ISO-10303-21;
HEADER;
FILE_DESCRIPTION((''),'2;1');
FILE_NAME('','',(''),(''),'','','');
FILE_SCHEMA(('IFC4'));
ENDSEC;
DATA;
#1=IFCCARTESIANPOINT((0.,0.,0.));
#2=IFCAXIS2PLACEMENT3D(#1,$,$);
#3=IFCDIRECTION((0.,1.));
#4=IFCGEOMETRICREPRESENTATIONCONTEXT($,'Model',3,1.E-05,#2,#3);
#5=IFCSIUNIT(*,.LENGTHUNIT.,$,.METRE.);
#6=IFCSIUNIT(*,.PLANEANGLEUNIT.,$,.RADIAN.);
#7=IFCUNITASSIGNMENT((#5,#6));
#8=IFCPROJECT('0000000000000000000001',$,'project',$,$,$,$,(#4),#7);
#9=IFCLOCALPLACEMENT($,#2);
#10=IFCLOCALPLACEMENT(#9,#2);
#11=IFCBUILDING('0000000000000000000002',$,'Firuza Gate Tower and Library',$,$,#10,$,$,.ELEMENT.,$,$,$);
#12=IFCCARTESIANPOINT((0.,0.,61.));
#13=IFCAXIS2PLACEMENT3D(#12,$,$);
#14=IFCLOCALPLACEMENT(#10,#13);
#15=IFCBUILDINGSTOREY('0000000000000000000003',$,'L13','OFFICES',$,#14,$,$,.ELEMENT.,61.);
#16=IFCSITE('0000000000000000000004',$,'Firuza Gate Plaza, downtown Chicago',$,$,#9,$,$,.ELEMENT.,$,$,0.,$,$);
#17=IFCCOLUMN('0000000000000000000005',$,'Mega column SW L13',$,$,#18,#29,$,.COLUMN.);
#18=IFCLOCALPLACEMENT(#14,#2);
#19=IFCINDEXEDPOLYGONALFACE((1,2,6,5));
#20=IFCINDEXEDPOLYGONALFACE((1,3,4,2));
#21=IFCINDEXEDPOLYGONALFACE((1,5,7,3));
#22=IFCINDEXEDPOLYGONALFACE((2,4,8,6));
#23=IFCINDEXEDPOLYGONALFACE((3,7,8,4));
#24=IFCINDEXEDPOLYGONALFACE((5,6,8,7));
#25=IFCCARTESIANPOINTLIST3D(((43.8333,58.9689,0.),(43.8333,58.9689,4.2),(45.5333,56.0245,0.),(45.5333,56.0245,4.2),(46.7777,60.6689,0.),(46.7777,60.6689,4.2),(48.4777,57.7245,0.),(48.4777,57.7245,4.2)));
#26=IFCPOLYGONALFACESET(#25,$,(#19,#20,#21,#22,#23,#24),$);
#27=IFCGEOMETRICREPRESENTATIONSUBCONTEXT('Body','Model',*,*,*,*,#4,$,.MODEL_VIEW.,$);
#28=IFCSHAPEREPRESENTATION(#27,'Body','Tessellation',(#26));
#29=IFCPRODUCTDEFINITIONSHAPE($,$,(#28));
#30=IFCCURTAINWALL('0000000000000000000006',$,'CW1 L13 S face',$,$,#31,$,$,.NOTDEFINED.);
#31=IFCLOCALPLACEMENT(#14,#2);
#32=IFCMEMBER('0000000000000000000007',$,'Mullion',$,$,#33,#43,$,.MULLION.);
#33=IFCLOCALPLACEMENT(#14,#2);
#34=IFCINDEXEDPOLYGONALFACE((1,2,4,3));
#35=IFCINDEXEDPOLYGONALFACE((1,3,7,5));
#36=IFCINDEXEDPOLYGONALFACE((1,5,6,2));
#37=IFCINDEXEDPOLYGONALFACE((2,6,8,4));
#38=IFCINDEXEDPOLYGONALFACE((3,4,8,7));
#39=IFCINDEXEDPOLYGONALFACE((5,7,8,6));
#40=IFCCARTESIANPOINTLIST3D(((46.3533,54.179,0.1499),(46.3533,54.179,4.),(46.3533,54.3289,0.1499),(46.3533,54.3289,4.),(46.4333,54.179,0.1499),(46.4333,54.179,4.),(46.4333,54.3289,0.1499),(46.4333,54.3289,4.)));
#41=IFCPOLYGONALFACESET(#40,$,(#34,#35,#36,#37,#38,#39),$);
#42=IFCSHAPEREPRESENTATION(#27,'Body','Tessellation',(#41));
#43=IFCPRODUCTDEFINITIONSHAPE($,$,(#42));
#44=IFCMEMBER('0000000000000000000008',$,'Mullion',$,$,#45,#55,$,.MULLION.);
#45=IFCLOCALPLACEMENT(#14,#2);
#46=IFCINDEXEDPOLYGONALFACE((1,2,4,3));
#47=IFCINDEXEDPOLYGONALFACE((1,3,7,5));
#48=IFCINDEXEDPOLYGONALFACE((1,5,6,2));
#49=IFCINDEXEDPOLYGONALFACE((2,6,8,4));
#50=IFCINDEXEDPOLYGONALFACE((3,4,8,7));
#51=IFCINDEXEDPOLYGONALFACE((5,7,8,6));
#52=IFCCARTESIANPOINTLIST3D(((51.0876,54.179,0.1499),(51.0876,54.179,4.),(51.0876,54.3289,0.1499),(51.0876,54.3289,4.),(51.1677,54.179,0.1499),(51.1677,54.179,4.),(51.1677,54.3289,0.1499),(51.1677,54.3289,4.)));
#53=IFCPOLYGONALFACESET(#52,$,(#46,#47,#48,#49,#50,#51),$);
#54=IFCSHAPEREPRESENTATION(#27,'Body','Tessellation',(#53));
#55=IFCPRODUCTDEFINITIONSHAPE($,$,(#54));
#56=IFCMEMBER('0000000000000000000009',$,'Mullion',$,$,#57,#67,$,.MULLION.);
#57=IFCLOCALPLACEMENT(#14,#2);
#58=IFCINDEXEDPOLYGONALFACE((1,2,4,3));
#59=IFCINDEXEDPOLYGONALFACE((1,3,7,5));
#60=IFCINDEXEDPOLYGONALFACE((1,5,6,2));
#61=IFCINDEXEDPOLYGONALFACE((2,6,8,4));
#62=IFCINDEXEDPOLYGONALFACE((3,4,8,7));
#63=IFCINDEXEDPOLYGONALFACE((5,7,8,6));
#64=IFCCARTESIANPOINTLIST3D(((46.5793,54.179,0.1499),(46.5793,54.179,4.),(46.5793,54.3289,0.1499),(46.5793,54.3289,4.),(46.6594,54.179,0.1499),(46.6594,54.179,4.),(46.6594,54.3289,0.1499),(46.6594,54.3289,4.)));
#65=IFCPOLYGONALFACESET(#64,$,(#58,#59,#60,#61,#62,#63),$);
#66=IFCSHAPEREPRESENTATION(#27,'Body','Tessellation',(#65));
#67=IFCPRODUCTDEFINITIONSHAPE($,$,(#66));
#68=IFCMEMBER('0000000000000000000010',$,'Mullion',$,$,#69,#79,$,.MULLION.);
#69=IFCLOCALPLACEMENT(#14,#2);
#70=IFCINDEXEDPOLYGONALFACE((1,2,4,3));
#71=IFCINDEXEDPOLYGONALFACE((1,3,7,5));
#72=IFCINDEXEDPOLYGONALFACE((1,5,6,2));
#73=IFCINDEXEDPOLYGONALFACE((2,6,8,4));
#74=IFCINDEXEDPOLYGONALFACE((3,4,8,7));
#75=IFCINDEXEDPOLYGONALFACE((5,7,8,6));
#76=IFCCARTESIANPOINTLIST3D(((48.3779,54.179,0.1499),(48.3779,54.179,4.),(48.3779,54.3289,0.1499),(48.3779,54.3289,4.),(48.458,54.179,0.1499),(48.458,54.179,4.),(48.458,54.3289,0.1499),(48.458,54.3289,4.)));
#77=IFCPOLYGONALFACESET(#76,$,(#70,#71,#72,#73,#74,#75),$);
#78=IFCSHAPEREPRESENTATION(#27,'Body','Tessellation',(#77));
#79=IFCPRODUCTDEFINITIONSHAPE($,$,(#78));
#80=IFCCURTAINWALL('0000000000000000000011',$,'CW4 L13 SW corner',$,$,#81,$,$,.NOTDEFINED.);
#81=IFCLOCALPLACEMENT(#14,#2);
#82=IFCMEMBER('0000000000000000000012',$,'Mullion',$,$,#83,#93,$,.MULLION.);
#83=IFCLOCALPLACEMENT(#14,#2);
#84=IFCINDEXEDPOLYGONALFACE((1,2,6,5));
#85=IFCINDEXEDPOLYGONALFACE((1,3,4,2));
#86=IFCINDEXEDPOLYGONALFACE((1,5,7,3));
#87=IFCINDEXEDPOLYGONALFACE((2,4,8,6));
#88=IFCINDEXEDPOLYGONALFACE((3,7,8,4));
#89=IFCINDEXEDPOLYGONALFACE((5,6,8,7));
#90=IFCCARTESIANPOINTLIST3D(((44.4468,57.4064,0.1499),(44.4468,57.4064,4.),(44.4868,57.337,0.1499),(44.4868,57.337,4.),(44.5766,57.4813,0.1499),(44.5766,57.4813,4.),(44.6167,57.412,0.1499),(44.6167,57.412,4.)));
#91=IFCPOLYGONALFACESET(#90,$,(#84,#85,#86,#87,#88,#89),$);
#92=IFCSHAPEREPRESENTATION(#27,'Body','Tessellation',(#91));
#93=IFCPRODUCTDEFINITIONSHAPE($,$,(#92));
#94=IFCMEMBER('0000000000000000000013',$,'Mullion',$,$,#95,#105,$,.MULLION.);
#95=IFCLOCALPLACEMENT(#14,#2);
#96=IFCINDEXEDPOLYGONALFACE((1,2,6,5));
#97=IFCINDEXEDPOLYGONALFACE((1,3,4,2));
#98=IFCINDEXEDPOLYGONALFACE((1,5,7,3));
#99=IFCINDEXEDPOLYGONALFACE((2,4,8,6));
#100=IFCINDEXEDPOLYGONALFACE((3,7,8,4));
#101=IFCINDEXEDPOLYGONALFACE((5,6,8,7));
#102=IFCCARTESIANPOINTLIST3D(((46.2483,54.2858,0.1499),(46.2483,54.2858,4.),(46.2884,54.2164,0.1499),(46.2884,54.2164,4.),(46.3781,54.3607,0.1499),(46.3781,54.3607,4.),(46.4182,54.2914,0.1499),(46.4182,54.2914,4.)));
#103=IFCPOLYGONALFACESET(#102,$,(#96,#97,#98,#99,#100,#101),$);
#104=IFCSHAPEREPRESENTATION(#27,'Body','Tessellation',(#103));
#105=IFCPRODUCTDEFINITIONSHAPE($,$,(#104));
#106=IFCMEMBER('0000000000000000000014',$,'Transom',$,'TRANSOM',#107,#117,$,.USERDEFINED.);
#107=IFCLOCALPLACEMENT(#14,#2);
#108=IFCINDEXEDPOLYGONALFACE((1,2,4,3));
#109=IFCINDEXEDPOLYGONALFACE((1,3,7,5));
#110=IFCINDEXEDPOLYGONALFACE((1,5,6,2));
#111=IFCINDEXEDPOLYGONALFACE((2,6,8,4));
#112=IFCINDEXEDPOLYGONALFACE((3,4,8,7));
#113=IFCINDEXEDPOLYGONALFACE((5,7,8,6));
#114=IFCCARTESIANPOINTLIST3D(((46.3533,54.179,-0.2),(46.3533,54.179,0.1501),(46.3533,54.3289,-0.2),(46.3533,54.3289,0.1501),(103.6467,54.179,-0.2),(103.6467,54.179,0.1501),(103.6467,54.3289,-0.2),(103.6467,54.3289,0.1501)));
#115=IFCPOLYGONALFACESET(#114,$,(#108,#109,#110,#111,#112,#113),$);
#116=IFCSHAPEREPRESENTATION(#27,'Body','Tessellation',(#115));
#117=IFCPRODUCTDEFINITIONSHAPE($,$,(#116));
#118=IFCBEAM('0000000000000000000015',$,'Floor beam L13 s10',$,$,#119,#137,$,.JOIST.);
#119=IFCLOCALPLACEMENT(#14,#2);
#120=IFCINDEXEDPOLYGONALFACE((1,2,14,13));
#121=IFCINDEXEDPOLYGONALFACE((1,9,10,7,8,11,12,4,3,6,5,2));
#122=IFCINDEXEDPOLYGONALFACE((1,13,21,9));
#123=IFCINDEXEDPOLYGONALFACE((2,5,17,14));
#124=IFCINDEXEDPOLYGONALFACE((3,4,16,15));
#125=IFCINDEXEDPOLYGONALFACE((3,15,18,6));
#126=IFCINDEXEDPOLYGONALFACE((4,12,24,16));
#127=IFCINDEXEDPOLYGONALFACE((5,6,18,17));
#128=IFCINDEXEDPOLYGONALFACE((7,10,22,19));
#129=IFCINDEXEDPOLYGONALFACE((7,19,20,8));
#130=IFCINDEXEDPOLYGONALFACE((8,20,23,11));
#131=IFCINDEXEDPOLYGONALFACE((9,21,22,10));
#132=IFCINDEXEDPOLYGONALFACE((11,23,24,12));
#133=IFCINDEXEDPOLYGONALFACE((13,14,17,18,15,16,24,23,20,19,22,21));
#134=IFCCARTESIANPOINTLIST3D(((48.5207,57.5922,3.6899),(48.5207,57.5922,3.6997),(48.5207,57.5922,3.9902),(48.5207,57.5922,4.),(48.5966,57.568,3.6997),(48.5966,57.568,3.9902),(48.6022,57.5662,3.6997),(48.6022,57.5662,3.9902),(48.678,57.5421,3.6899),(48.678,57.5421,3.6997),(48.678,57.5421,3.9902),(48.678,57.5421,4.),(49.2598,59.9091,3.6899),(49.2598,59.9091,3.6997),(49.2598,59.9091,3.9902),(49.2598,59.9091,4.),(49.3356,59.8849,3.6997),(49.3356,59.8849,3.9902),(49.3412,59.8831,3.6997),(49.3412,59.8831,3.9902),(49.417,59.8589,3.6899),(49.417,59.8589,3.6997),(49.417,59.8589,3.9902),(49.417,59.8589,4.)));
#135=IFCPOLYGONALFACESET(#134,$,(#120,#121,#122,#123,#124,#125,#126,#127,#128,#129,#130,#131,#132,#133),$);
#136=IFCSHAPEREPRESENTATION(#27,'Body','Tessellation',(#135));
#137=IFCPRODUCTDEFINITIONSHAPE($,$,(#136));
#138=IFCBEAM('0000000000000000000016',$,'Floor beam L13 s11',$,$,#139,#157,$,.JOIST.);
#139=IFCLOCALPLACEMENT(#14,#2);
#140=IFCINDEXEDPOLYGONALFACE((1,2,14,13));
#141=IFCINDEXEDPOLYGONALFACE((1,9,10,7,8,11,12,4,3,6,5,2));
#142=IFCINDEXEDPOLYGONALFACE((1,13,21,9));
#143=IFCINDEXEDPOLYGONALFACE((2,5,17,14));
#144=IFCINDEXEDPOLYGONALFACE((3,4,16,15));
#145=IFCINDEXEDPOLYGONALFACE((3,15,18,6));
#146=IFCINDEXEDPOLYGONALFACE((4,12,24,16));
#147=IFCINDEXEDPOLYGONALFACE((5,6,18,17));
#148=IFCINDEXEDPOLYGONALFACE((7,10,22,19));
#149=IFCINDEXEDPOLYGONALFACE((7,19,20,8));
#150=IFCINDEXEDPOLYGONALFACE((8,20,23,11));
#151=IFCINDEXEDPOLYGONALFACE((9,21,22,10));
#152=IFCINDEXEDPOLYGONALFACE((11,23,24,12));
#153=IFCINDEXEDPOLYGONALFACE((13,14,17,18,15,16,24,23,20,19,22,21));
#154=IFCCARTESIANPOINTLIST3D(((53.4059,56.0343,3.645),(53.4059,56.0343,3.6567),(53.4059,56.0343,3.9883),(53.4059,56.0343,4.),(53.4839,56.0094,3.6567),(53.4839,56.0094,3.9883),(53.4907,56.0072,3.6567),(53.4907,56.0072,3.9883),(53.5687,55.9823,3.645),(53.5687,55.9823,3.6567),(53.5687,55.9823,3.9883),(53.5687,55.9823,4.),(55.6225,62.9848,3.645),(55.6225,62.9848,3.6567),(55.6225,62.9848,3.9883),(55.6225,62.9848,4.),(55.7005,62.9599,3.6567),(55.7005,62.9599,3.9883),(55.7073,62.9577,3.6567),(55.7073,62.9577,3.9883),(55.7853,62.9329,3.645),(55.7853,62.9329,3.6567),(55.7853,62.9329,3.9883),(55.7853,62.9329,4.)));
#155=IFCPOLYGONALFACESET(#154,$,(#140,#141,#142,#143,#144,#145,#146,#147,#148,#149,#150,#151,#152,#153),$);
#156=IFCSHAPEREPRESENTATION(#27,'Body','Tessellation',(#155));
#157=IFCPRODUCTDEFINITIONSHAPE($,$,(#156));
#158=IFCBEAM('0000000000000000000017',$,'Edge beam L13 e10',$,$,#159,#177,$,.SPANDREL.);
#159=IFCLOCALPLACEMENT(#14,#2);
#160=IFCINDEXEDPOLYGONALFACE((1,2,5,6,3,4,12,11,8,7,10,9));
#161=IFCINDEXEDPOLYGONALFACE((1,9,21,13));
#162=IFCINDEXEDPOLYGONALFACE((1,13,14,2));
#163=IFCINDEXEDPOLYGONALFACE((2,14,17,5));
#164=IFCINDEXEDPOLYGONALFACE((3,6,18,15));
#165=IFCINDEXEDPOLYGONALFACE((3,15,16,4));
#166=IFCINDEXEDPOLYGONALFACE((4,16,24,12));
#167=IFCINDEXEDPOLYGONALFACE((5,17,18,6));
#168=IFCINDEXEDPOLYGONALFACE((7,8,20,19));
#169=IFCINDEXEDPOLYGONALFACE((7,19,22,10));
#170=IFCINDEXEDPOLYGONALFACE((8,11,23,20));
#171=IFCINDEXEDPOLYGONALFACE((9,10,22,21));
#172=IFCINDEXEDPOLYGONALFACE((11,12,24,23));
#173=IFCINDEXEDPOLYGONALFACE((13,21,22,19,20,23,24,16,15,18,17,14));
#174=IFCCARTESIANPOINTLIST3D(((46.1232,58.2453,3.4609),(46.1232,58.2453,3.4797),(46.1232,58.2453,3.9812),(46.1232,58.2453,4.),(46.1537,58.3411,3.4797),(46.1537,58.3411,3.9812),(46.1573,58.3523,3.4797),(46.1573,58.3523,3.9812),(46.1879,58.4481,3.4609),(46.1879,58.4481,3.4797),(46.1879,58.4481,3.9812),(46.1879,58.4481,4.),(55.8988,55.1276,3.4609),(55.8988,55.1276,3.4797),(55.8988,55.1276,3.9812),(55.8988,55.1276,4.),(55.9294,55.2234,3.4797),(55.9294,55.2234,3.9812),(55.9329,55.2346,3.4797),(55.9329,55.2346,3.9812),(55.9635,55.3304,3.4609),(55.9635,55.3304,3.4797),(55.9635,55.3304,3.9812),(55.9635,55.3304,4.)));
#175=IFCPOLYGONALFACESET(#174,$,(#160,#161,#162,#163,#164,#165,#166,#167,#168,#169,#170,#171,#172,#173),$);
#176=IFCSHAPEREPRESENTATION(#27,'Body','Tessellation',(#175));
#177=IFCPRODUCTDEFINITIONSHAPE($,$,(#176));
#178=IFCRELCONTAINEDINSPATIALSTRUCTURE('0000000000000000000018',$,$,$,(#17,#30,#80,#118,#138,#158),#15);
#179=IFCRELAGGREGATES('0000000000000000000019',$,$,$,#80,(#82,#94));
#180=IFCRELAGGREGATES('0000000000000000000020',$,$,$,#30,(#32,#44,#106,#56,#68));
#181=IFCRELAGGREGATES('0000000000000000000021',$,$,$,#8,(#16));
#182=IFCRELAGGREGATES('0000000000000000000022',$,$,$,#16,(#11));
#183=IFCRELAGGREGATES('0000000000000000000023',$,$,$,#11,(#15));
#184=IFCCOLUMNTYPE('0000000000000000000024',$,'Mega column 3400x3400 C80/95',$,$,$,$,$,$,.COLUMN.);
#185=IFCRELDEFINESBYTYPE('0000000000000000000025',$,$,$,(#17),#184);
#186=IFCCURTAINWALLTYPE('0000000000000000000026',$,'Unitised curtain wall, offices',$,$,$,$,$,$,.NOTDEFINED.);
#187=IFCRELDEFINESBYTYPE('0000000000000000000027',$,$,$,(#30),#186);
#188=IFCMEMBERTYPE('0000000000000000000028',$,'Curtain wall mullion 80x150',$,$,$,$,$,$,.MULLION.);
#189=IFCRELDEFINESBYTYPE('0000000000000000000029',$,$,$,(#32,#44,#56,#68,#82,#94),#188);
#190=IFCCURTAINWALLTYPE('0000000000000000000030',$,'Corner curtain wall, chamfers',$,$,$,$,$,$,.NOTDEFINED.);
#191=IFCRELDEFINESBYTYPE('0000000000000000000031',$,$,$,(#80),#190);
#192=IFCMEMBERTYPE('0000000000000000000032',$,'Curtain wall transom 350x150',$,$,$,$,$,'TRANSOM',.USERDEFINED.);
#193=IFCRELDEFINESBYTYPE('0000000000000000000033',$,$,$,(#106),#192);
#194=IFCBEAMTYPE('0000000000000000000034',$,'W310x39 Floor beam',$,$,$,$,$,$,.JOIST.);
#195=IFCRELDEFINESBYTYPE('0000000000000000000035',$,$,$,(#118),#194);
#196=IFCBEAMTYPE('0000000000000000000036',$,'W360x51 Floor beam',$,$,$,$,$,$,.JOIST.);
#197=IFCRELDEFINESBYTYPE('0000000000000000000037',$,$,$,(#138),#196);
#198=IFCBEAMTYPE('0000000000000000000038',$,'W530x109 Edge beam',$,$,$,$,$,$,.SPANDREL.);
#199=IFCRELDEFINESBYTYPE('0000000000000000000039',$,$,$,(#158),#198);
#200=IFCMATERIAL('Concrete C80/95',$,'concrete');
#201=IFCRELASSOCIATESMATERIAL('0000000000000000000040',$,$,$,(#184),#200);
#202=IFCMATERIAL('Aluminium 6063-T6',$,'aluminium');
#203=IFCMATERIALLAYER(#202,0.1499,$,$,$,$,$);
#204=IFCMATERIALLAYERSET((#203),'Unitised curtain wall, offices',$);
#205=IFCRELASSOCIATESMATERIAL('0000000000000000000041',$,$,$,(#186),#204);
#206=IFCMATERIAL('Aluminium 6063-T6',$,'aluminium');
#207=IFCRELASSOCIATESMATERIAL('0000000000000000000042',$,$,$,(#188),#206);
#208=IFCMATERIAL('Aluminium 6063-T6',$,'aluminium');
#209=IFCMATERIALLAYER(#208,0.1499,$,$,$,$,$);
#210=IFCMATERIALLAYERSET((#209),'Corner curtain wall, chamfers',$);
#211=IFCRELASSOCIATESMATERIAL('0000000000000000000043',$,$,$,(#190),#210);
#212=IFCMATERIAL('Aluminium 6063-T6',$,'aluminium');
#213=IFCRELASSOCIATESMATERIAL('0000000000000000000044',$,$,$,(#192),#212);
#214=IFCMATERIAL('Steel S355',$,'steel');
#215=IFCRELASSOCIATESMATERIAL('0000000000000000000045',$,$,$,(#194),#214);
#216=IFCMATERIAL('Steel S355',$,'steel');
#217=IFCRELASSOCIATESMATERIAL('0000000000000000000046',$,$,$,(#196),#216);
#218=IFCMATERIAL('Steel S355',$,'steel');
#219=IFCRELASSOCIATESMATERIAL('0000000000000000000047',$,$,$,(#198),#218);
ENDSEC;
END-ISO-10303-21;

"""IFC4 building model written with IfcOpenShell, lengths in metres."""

from ifc_helpers import new_model, si_unit, direction, frame, origin, origin_2d, place, context, subcontext, project, spatial, rectangle, i_section, extrude, material, layer, layer_set, material_profile, profile_set, type_object, element, aggregate, save


model = new_model("IFC4")

# Units and contexts
model_context = context("Model", 3, precision=1e-05, world=origin(), true_north=direction((0.0, 1.0)))
body_context = subcontext(model_context, "Body", "Model", "MODEL_VIEW")
ifc_project = project(units=[si_unit("LENGTHUNIT", "METRE"), si_unit("PLANEANGLEUNIT", "RADIAN")], contexts=[model_context])

# Site, building, storey
site_placement = place(None, origin())
site = spatial("IfcSite", under=ifc_project, at=site_placement, Name="Firuza Gate Plaza, downtown Chicago", CompositionType="ELEMENT", RefElevation=0.0)
building_placement = place(site_placement, origin())
building = spatial("IfcBuilding", under=site, at=building_placement, Name="Firuza Gate Tower and Library", CompositionType="ELEMENT")
storey_placement = place(building_placement, frame((0.0, 0.0, 61.0)))
storey = spatial("IfcBuildingStorey", under=building, at=storey_placement, Name="L13", Description="OFFICES", CompositionType="ELEMENT", Elevation=61.0)

# Column
ifc_material_1 = material(Name="Concrete C80/95", Category="concrete")
ifc_material_profile_1 = material_profile(ifc_material_1, rectangle(XDim=3.3999, YDim=3.3999, at=origin_2d()))
ifc_profile_set_1 = profile_set([ifc_material_profile_1], Name="Concrete C80/95")
column_type = type_object("IfcColumnType", Name="Mega column 3400x3400 C80/95", PredefinedType="COLUMN", material=ifc_profile_set_1)
column_placement = place(storey_placement, frame((46.1555, 58.3467, 0.0), z_axis=(0.0, 0.0, 1.0), x_axis=(0.5, -0.866025, 0.0)))
element("IfcColumn", 1, at=column_placement, inside=storey, type_object=column_type, Name="Mega column SW L13", PredefinedType="COLUMN", context=body_context, shape_type="SweptSolid", body=[
    extrude(rectangle(XDim=3.3999, YDim=3.3999, at=origin_2d()), origin(), (0.0, 0.0, 1.0), 4.2),
])

# Curtain walls, members
ifc_material_2 = material(Name="Aluminium 6063-T6", Category="aluminium")
ifc_layer_1 = layer(ifc_material_2, 0.1499)
ifc_layer_set_1 = layer_set([ifc_layer_1], Name="Unitised curtain wall, offices")
curtain_wall_type_1 = type_object("IfcCurtainWallType", Name="Unitised curtain wall, offices", PredefinedType="NOTDEFINED", material=ifc_layer_set_1)
placement_1 = place(storey_placement, origin())
curtain_wall_1 = element("IfcCurtainWall", 2, at=placement_1, inside=storey, type_object=curtain_wall_type_1, Name="CW1 L13 S face", PredefinedType="NOTDEFINED")
ifc_material_3 = material(Name="Aluminium 6063-T6", Category="aluminium")
ifc_material_profile_2 = material_profile(ifc_material_3, rectangle(XDim=0.1499, YDim=0.0801, at=origin_2d()))
ifc_profile_set_2 = profile_set([ifc_material_profile_2], Name="Aluminium 6063-T6")
member_type_1 = type_object("IfcMemberType", Name="Curtain wall mullion 80x150", PredefinedType="MULLION", material=ifc_profile_set_2)
member_1_placement = place(storey_placement, frame((46.3933, 54.2539, 0.1499), z_axis=(0.0, 0.0, 1.0), x_axis=(0.0, 1.0, 0.0)))
member_1 = element("IfcMember", 3, at=member_1_placement, type_object=member_type_1, Name="Mullion", PredefinedType="MULLION", context=body_context, shape_type="SweptSolid", body=[
    extrude(rectangle(XDim=0.1499, YDim=0.0801, at=origin_2d()), origin(), (0.0, 0.0, 1.0), 3.8501),
])
member_2_placement = place(storey_placement, frame((51.1277, 54.2539, 0.1499), z_axis=(0.0, 0.0, 1.0), x_axis=(0.0, 1.0, 0.0)))
member_2 = element("IfcMember", 4, at=member_2_placement, type_object=member_type_1, Name="Mullion", PredefinedType="MULLION", context=body_context, shape_type="SweptSolid", body=[
    extrude(rectangle(XDim=0.1499, YDim=0.0801, at=origin_2d()), origin(), (0.0, 0.0, 1.0), 3.8501),
])
member_3_placement = place(storey_placement, frame((46.6194, 54.2539, 0.1499), z_axis=(0.0, 0.0, 1.0), x_axis=(0.0, 1.0, 0.0)))
member_3 = element("IfcMember", 5, at=member_3_placement, type_object=member_type_1, Name="Mullion", PredefinedType="MULLION", context=body_context, shape_type="SweptSolid", body=[
    extrude(rectangle(XDim=0.1499, YDim=0.0801, at=origin_2d()), origin(), (0.0, 0.0, 1.0), 3.8501),
])
member_4_placement = place(storey_placement, frame((48.418, 54.2539, 0.1499), z_axis=(0.0, 0.0, 1.0), x_axis=(0.0, 1.0, 0.0)))
member_4 = element("IfcMember", 6, at=member_4_placement, type_object=member_type_1, Name="Mullion", PredefinedType="MULLION", context=body_context, shape_type="SweptSolid", body=[
    extrude(rectangle(XDim=0.1499, YDim=0.0801, at=origin_2d()), origin(), (0.0, 0.0, 1.0), 3.8501),
])
ifc_material_4 = material(Name="Aluminium 6063-T6", Category="aluminium")
ifc_layer_2 = layer(ifc_material_4, 0.1499)
ifc_layer_set_2 = layer_set([ifc_layer_2], Name="Corner curtain wall, chamfers")
curtain_wall_type_2 = type_object("IfcCurtainWallType", Name="Corner curtain wall, chamfers", PredefinedType="NOTDEFINED", material=ifc_layer_set_2)
curtain_wall_2 = element("IfcCurtainWall", 7, at=placement_1, inside=storey, type_object=curtain_wall_type_2, Name="CW4 L13 SW corner", PredefinedType="NOTDEFINED")
member_5_placement = place(storey_placement, frame((44.5317, 57.4092, 0.1499), z_axis=(0.0, 0.0, 1.0), x_axis=(0.866025, 0.5, 0.0)))
member_5 = element("IfcMember", 8, at=member_5_placement, type_object=member_type_1, Name="Mullion", PredefinedType="MULLION", context=body_context, shape_type="SweptSolid", body=[
    extrude(rectangle(XDim=0.1499, YDim=0.0801, at=origin_2d()), origin(), (0.0, 0.0, 1.0), 3.8501),
])
member_6_placement = place(storey_placement, frame((46.3333, 54.2886, 0.1499), z_axis=(0.0, 0.0, 1.0), x_axis=(0.866025, 0.5, 0.0)))
member_6 = element("IfcMember", 9, at=member_6_placement, type_object=member_type_1, Name="Mullion", PredefinedType="MULLION", context=body_context, shape_type="SweptSolid", body=[
    extrude(rectangle(XDim=0.1499, YDim=0.0801, at=origin_2d()), origin(), (0.0, 0.0, 1.0), 3.8501),
])

# Member
ifc_material_5 = material(Name="Aluminium 6063-T6", Category="aluminium")
ifc_material_profile_3 = material_profile(ifc_material_5, rectangle(XDim=0.1499, YDim=0.3501, at=origin_2d()))
ifc_profile_set_3 = profile_set([ifc_material_profile_3], Name="Aluminium 6063-T6")
member_type_2 = type_object("IfcMemberType", Name="Curtain wall transom 350x150", ElementType="TRANSOM", PredefinedType="USERDEFINED", material=ifc_profile_set_3)
member_7_placement = place(storey_placement, frame((46.3533, 54.2539, -0.0249), z_axis=(1.0, 0.0, 0.0), x_axis=(0.0, 1.0, 0.0)))
member_7 = element("IfcMember", 10, at=member_7_placement, type_object=member_type_2, Name="Transom", ObjectType="TRANSOM", PredefinedType="USERDEFINED", context=body_context, shape_type="SweptSolid", body=[
    extrude(rectangle(XDim=0.1499, YDim=0.3501, at=origin_2d()), origin(), (0.0, 0.0, 1.0), 57.2935),
])

# Beams
ifc_material_6 = material(Name="Steel S355", Category="steel")
ifc_material_profile_4 = material_profile(ifc_material_6, i_section(OverallWidth=0.165, OverallDepth=0.3101, WebThickness=0.0059, FlangeThickness=0.0098, at=origin_2d()))
ifc_profile_set_4 = profile_set([ifc_material_profile_4], Name="Steel S355")
beam_type_1 = type_object("IfcBeamType", Name="W310x39 Floor beam", PredefinedType="JOIST", material=ifc_profile_set_4)
beam_1_placement = place(storey_placement, frame((48.5994, 57.5671, 3.845), z_axis=(0.303883, 0.952709, 0.0), x_axis=(-0.952709, 0.303883, 0.0)))
element("IfcBeam", 11, at=beam_1_placement, inside=storey, type_object=beam_type_1, Name="Floor beam L13 s10", PredefinedType="JOIST", context=body_context, shape_type="SweptSolid", body=[
    extrude(i_section(OverallWidth=0.165, OverallDepth=0.3101, WebThickness=0.0059, FlangeThickness=0.0098, at=origin_2d()), origin(), (0.0, 0.0, 1.0), 2.4319),
])
ifc_material_7 = material(Name="Steel S355", Category="steel")
ifc_material_profile_5 = material_profile(ifc_material_7, i_section(OverallWidth=0.1709, OverallDepth=0.355, WebThickness=0.0071, FlangeThickness=0.0117, at=origin_2d()))
ifc_profile_set_5 = profile_set([ifc_material_profile_5], Name="Steel S355")
beam_type_2 = type_object("IfcBeamType", Name="W360x51 Floor beam", PredefinedType="JOIST", material=ifc_profile_set_5)
beam_2_placement = place(storey_placement, frame((53.4873, 56.0083, 3.8225), z_axis=(0.303832, 0.952726, 0.0), x_axis=(-0.952726, 0.303832, 0.0)))
element("IfcBeam", 12, at=beam_2_placement, inside=storey, type_object=beam_type_2, Name="Floor beam L13 s11", PredefinedType="JOIST", context=body_context, shape_type="SweptSolid", body=[
    extrude(i_section(OverallWidth=0.1709, OverallDepth=0.355, WebThickness=0.0071, FlangeThickness=0.0117, at=origin_2d()), origin(), (0.0, 0.0, 1.0), 7.2954),
])
ifc_material_8 = material(Name="Steel S355", Category="steel")
ifc_material_profile_6 = material_profile(ifc_material_8, i_section(OverallWidth=0.2129, OverallDepth=0.5391, WebThickness=0.0117, FlangeThickness=0.0188, at=origin_2d()))
ifc_profile_set_6 = profile_set([ifc_material_profile_6], Name="Steel S355")
beam_type_3 = type_object("IfcBeamType", Name="W530x109 Edge beam", PredefinedType="SPANDREL", material=ifc_profile_set_6)
beam_3_placement = place(storey_placement, frame((46.1555, 58.3467, 3.7305), z_axis=(0.952722, -0.303845, 0.0), x_axis=(0.303845, 0.952722, 0.0)))
element("IfcBeam", 13, at=beam_3_placement, inside=storey, type_object=beam_type_3, Name="Edge beam L13 e10", PredefinedType="SPANDREL", context=body_context, shape_type="SweptSolid", body=[
    extrude(i_section(OverallWidth=0.2129, OverallDepth=0.5391, WebThickness=0.0117, FlangeThickness=0.0188, at=origin_2d()), origin(), (0.0, 0.0, 1.0), 10.2607),
])

aggregate(curtain_wall_2, [member_5, member_6])
aggregate(curtain_wall_1, [member_1, member_2, member_7, member_3, member_4])

save(model, "model.ifc")
